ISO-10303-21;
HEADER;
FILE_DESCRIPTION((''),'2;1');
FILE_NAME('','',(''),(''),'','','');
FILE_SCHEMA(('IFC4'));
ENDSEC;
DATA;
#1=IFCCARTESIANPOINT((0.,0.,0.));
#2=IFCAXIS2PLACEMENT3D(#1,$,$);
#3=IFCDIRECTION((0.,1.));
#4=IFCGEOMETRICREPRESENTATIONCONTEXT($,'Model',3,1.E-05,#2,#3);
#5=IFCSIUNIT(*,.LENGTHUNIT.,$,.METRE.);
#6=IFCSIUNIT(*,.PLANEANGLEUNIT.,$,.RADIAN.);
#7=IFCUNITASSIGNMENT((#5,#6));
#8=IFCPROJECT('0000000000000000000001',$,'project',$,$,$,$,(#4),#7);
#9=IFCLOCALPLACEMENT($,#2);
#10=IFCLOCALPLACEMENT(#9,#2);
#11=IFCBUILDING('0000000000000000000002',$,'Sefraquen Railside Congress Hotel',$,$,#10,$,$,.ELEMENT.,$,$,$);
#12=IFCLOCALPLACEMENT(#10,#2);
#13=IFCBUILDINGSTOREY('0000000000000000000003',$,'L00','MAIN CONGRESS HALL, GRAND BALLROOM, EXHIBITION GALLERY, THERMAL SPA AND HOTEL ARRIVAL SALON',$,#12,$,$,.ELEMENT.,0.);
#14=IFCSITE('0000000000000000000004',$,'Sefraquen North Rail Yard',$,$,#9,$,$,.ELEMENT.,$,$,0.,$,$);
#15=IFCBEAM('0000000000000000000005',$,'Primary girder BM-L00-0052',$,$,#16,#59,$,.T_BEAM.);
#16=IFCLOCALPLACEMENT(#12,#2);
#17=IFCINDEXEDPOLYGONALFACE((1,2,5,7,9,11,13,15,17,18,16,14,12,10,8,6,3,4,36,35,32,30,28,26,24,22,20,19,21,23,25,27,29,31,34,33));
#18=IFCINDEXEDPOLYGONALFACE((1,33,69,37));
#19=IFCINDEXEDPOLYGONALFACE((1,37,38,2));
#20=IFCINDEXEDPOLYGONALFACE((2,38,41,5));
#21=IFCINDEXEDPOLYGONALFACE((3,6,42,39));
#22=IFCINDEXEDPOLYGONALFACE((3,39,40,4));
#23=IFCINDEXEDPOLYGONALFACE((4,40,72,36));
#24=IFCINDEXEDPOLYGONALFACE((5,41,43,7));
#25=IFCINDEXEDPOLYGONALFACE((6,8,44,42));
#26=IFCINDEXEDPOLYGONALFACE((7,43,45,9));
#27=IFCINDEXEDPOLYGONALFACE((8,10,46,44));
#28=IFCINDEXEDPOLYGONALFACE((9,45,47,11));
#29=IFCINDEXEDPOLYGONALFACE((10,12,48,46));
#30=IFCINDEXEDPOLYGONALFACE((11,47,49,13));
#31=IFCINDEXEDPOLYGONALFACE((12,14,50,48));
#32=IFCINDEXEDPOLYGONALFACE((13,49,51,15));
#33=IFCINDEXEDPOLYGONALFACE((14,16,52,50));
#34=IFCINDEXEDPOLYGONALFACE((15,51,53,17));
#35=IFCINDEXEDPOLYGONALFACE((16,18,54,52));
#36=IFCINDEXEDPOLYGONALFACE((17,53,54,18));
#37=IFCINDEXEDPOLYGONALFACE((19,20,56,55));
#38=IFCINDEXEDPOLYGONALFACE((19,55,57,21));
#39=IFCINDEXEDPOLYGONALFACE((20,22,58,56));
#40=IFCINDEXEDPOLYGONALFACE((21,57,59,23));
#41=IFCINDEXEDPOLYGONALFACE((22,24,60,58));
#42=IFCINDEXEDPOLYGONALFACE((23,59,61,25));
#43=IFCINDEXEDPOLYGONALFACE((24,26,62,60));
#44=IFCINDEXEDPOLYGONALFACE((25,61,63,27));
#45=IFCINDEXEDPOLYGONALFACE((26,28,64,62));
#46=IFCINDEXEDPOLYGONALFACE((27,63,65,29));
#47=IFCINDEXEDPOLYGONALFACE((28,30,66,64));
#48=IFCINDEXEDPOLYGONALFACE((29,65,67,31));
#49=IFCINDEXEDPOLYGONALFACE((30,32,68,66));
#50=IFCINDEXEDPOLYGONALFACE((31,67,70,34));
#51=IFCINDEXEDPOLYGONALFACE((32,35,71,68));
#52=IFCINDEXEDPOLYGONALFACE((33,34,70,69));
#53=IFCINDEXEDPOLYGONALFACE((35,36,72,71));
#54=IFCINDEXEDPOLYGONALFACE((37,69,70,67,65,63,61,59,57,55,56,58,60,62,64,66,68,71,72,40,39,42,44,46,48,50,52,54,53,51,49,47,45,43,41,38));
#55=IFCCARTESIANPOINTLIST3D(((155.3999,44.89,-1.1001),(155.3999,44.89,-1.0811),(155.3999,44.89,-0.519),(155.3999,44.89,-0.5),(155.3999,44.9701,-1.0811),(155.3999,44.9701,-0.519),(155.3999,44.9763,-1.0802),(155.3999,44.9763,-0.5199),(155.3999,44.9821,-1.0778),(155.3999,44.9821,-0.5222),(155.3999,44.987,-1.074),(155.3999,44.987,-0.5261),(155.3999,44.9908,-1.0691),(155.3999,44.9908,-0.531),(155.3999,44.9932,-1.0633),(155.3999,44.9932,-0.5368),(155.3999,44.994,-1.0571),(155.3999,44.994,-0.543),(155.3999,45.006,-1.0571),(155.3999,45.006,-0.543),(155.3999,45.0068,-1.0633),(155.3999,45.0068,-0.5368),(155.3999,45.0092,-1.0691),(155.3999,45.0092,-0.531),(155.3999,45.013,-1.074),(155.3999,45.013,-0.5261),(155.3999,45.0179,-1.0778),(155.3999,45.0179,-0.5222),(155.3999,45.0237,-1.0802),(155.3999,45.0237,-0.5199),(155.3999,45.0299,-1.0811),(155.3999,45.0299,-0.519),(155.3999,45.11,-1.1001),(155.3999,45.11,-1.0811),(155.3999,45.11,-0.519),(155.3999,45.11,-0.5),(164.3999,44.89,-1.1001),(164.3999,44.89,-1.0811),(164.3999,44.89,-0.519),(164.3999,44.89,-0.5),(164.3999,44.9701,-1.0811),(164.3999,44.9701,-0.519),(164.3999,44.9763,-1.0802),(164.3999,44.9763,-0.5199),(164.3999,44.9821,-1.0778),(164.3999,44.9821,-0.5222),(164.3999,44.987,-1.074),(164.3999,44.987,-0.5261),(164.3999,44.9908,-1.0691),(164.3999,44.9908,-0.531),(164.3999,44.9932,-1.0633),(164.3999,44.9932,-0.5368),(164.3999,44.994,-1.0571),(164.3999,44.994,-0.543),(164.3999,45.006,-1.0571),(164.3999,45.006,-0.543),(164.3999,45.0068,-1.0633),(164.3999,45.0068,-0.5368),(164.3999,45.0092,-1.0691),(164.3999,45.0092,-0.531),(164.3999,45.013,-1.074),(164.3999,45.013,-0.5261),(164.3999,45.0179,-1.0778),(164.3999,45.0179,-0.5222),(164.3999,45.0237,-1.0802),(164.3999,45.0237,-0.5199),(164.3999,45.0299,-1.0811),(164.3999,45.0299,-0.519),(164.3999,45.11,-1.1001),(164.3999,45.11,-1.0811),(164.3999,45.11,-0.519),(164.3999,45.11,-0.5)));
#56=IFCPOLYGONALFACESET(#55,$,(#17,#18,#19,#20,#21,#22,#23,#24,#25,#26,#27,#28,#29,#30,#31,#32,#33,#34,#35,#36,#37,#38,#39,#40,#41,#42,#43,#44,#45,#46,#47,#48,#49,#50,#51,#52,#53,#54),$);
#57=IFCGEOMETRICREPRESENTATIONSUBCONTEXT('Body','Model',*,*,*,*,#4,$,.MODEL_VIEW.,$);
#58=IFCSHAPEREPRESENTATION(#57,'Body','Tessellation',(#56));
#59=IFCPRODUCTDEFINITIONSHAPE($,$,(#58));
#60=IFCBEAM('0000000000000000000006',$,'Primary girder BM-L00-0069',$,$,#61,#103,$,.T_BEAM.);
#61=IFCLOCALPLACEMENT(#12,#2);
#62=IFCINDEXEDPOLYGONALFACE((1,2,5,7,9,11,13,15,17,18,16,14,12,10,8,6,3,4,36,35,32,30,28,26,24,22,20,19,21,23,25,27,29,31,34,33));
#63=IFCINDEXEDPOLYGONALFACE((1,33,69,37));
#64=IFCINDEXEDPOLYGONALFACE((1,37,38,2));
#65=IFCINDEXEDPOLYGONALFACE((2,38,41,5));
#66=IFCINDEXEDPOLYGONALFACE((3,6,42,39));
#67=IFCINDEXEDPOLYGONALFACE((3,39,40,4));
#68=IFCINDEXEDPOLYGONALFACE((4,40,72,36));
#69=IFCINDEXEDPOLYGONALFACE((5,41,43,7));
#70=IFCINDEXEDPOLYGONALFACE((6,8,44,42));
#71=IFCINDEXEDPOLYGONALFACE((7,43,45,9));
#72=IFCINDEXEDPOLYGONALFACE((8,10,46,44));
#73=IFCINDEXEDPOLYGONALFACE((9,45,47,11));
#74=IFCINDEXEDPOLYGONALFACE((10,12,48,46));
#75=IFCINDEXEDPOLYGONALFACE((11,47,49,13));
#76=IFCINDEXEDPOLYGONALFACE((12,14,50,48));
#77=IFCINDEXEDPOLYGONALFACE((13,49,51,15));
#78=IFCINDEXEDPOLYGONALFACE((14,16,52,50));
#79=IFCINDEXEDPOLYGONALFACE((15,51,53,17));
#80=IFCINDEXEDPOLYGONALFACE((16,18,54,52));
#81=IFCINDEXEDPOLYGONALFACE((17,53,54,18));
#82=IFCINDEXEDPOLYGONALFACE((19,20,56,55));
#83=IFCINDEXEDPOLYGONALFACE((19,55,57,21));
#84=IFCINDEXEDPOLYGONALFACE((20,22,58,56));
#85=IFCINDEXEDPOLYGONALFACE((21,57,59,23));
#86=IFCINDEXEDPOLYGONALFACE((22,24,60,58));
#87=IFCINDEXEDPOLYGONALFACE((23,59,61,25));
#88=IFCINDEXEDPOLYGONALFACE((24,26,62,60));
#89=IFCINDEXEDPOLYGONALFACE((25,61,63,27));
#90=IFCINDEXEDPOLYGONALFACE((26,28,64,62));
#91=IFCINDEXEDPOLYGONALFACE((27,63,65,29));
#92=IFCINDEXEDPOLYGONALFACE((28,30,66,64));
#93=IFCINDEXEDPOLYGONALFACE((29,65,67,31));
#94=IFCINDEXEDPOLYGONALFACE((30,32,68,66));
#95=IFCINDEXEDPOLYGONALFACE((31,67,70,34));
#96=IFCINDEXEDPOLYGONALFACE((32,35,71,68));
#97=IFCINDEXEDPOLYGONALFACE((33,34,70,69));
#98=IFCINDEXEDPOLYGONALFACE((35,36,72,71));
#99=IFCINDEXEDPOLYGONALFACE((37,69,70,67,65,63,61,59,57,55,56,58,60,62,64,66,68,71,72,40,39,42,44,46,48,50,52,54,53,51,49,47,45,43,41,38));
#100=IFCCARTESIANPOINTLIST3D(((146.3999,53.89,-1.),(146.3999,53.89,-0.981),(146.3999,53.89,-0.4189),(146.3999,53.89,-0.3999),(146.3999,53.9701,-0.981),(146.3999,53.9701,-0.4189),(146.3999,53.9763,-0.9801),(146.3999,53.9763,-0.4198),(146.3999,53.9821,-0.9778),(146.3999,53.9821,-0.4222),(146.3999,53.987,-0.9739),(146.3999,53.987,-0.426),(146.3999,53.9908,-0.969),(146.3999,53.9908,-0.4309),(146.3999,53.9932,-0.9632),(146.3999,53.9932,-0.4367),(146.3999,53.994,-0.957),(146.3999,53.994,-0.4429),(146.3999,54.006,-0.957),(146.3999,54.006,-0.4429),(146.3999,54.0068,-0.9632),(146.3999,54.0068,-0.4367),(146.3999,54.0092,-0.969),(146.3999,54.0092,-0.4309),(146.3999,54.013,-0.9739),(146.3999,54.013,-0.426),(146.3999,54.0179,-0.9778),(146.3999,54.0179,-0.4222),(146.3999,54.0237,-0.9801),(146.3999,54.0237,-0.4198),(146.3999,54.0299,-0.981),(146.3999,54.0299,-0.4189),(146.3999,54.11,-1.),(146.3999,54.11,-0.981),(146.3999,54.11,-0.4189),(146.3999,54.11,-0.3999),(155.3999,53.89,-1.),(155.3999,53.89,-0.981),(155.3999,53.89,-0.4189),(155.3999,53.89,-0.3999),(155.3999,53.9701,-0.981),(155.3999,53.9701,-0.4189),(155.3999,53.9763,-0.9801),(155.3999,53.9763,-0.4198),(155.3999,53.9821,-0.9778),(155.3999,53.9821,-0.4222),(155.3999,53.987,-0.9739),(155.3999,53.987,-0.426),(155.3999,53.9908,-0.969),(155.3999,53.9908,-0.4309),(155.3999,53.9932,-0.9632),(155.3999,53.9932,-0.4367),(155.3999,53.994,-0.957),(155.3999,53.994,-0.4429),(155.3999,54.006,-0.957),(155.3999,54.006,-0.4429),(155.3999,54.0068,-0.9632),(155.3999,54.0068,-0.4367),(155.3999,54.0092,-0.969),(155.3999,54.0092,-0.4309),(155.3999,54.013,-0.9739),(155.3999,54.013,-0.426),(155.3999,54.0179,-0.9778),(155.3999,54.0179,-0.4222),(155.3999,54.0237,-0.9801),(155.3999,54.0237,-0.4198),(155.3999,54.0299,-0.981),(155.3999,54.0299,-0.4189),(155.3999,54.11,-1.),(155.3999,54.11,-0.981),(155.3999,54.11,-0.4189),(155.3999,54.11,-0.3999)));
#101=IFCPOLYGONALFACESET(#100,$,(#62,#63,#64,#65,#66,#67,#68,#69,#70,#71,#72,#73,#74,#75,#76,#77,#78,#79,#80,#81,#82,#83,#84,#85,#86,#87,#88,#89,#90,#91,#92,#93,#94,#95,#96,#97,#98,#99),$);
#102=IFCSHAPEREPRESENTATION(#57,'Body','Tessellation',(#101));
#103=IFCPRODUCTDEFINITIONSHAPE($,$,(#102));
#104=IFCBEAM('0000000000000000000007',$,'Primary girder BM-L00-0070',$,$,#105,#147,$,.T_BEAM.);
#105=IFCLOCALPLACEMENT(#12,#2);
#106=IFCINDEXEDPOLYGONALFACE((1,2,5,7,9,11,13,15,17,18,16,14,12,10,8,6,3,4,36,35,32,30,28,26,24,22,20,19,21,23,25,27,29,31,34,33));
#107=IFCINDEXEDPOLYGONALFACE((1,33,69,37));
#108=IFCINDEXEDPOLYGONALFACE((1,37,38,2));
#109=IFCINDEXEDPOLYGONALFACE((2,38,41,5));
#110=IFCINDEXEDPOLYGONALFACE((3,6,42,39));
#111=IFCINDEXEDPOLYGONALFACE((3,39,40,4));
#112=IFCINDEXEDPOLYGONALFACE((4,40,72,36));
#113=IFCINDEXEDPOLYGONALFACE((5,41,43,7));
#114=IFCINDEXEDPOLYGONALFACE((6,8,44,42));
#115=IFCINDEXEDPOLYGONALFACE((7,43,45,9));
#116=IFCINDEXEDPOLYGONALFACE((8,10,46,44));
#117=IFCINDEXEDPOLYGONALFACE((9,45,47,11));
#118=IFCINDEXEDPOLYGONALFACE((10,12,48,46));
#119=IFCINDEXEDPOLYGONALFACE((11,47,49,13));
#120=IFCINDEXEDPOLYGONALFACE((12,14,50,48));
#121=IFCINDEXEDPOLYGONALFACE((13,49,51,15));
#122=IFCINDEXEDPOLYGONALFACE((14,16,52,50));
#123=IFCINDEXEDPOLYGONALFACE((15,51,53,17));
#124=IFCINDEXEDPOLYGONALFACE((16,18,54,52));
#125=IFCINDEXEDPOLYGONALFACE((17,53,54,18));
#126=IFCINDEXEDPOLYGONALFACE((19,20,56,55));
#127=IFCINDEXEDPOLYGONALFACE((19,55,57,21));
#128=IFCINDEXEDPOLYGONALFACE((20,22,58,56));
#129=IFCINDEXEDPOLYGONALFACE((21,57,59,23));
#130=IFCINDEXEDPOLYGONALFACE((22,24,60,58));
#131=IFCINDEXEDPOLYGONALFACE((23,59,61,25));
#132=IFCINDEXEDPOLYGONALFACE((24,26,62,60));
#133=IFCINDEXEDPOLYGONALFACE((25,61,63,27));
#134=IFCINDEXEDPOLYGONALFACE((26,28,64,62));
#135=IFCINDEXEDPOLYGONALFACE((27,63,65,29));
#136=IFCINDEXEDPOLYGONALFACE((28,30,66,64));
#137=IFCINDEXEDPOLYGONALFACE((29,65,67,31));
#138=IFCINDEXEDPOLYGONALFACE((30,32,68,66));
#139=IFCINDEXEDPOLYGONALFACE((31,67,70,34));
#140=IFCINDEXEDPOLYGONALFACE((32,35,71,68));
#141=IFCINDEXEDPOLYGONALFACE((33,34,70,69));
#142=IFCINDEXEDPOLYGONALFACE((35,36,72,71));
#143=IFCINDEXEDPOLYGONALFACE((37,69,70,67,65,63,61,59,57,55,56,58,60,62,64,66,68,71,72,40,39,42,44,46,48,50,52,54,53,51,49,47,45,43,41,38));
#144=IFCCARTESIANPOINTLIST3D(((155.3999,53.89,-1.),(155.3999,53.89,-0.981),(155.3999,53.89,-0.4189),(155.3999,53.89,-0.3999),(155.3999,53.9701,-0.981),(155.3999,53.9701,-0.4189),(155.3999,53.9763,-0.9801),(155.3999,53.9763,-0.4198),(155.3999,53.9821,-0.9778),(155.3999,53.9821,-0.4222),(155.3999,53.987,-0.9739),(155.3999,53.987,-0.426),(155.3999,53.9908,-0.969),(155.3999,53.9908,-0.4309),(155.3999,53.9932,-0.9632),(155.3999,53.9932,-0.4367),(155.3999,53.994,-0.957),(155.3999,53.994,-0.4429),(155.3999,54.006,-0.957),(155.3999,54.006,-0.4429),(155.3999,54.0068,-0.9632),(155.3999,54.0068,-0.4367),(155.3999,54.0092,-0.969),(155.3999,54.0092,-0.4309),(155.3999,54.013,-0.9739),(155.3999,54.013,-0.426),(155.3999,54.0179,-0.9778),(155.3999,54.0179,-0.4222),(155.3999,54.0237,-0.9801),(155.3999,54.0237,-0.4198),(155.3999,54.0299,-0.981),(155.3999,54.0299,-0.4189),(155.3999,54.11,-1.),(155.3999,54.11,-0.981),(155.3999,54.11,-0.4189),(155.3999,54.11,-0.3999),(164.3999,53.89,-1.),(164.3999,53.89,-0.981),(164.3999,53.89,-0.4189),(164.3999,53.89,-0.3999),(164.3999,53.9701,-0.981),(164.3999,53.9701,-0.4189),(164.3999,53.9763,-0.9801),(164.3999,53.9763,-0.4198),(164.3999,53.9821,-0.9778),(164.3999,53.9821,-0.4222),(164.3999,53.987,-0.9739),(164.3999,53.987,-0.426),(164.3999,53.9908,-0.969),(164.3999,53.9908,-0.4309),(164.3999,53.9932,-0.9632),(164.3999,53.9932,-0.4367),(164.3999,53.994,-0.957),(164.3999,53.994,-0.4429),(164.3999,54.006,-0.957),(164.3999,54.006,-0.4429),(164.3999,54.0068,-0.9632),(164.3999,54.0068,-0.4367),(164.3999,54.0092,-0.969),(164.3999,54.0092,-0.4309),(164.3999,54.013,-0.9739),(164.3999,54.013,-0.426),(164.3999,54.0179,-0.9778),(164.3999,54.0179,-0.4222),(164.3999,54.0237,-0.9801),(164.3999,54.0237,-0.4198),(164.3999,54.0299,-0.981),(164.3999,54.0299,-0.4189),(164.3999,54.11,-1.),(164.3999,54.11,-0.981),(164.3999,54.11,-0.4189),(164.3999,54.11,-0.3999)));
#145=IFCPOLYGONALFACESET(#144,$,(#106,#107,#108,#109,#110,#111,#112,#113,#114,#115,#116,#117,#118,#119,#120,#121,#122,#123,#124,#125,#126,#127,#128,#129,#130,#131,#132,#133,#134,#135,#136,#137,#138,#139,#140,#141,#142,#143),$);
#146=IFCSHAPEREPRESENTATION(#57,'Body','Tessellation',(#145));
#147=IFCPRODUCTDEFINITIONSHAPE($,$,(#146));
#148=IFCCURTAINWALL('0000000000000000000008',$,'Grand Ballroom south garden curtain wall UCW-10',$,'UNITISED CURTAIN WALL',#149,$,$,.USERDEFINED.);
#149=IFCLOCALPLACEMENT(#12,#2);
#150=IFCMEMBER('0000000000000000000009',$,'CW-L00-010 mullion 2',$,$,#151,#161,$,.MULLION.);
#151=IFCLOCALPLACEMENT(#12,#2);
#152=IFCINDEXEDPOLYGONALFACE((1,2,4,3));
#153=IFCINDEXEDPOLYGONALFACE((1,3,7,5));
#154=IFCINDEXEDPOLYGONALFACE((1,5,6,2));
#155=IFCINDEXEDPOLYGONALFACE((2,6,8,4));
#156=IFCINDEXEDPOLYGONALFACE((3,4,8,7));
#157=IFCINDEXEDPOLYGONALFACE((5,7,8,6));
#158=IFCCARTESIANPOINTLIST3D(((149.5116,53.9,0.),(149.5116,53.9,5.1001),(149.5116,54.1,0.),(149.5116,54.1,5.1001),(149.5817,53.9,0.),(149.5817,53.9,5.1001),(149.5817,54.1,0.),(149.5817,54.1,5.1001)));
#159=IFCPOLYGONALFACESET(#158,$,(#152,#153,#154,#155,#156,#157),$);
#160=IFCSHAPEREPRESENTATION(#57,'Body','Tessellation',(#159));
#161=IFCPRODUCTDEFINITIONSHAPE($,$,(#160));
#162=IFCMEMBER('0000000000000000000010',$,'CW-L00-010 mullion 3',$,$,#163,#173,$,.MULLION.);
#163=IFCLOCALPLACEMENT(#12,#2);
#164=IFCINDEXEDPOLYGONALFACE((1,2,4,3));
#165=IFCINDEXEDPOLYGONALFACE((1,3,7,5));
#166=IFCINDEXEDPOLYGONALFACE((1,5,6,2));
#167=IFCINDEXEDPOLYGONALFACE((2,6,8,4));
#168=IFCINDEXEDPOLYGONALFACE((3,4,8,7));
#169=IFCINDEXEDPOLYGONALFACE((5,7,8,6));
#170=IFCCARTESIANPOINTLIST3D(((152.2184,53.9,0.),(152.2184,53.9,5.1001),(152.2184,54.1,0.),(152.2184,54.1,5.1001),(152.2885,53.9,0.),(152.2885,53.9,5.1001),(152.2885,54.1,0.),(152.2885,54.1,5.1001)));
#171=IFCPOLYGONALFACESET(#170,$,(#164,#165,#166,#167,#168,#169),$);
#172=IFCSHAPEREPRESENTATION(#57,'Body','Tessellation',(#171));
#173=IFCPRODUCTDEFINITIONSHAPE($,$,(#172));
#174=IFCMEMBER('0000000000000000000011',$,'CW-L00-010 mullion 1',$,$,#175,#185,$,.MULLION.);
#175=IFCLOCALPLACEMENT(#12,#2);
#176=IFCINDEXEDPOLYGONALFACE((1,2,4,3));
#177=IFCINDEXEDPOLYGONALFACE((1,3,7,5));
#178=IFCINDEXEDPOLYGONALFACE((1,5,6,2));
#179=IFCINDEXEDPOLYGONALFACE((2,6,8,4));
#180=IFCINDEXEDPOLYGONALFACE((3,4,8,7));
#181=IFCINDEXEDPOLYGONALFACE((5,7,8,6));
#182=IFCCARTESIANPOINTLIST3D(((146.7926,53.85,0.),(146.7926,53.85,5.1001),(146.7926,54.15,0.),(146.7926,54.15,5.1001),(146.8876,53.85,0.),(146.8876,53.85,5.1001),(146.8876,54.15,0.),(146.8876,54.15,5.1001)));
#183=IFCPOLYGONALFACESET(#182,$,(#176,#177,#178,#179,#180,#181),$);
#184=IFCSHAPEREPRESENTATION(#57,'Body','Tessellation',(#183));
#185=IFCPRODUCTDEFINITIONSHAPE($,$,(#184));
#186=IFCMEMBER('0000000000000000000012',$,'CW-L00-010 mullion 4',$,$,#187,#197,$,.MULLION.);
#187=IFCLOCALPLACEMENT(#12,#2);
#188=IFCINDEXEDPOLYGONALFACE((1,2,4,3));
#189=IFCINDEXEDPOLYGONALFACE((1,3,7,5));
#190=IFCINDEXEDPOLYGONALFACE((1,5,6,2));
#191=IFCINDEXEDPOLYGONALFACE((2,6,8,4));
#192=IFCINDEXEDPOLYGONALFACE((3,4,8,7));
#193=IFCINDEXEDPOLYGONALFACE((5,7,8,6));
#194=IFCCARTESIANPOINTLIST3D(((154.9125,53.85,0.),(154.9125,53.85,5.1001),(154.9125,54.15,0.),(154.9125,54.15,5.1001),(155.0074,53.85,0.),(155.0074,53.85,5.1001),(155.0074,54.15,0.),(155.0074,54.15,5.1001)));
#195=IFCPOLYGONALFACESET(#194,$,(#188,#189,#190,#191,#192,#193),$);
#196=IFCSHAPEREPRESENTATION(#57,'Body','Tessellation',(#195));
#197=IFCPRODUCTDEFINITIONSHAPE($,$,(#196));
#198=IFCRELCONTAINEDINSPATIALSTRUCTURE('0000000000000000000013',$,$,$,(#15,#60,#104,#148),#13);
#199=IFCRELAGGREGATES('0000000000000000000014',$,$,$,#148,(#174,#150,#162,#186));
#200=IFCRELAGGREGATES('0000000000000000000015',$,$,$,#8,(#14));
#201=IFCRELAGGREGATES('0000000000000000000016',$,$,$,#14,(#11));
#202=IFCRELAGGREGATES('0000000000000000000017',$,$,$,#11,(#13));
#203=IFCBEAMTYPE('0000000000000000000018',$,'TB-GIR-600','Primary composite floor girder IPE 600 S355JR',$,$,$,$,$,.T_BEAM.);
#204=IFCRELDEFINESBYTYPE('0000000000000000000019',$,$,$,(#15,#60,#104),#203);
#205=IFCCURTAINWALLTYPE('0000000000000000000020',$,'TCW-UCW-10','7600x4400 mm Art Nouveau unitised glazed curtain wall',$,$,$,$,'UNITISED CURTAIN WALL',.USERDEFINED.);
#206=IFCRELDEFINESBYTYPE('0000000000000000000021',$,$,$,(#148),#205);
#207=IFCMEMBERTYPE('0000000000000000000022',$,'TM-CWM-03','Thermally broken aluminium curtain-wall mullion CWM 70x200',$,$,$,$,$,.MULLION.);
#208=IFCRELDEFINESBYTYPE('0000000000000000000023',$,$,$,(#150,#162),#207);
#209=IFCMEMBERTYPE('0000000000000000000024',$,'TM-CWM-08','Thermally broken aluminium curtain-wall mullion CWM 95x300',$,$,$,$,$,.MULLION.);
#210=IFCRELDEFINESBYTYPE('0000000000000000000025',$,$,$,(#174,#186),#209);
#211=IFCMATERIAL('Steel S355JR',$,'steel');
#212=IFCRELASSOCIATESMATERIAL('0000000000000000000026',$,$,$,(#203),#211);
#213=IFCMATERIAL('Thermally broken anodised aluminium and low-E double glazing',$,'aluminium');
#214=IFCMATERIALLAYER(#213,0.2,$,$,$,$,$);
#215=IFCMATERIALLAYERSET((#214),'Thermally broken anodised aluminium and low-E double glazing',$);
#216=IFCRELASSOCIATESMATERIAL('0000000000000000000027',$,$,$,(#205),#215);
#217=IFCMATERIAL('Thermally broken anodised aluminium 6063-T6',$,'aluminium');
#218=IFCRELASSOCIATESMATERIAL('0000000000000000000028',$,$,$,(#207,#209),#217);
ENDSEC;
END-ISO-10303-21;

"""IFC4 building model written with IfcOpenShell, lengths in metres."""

from ifc_helpers import new_model, si_unit, direction, frame, origin, origin_2d, place, context, subcontext, project, spatial, rectangle, i_section, extrude, material, layer, layer_set, material_profile, profile_set, type_object, element, aggregate, save


model = new_model("IFC4")

# Units and contexts
model_context = context("Model", 3, precision=1e-05, world=origin(), true_north=direction((0.0, 1.0)))
body_context = subcontext(model_context, "Body", "Model", "MODEL_VIEW")
ifc_project = project(units=[si_unit("LENGTHUNIT", "METRE"), si_unit("PLANEANGLEUNIT", "RADIAN")], contexts=[model_context])

# Site, building, storey
site_placement = place(None, origin())
site = spatial("IfcSite", under=ifc_project, at=site_placement, Name="Sefraquen North Rail Yard", CompositionType="ELEMENT", RefElevation=0.0)
building_placement = place(site_placement, origin())
building = spatial("IfcBuilding", under=site, at=building_placement, Name="Sefraquen Railside Congress Hotel", CompositionType="ELEMENT")
storey_placement = place(building_placement, origin())
storey = spatial("IfcBuildingStorey", under=building, at=storey_placement, Name="L00", Description="MAIN CONGRESS HALL, GRAND BALLROOM, EXHIBITION GALLERY, THERMAL SPA AND HOTEL ARRIVAL SALON", CompositionType="ELEMENT", Elevation=0.0)

# Shared definitions
ifc_material_1 = material(Name="Steel S355JR", Category="steel")

# Beams
ifc_material_profile_1 = material_profile(ifc_material_1, i_section(OverallWidth=0.22, OverallDepth=0.6001, WebThickness=0.012, FlangeThickness=0.019, FilletRadius=0.0239, at=origin_2d()), Name="IPE 600")
ifc_profile_set_1 = profile_set([ifc_material_profile_1], Name="Steel S355JR")
beam_type_1 = type_object("IfcBeamType", Name="TB-GIR-600", Description="Primary composite floor girder IPE 600 S355JR", PredefinedType="T_BEAM", material=ifc_profile_set_1)
for number, where, z_axis, x_axis, name in (
    (1, (155.3999, 45.0, -0.8), (1.0, 0.0, 0.0), (0.0, 1.0, 0.0), "Primary girder BM-L00-0052"),
    (2, (146.3999, 54.0, -0.7), (1.0, 0.0, 0.0), (0.0, 1.0, 0.0), "Primary girder BM-L00-0069"),
    (3, (155.3999, 54.0, -0.7), (1.0, 0.0, 0.0), (0.0, 1.0, 0.0), "Primary girder BM-L00-0070"),
):
    element("IfcBeam", number, at=place(storey_placement, frame(where, z_axis=z_axis, x_axis=x_axis)), inside=storey, type_object=beam_type_1, Name=name, PredefinedType="T_BEAM", context=body_context, shape_type="SweptSolid", body=[
        extrude(i_section(OverallWidth=0.22, OverallDepth=0.6001, WebThickness=0.012, FlangeThickness=0.019, FilletRadius=0.0239, at=origin_2d()), origin(), (0.0, 0.0, 1.0), 9.0),
    ])

# Curtain wall, members
ifc_material_2 = material(Name="Thermally broken anodised aluminium and low-E double glazing", Category="aluminium")
ifc_layer_1 = layer(ifc_material_2, 0.2)
ifc_layer_set_1 = layer_set([ifc_layer_1], Name="Thermally broken anodised aluminium and low-E double glazing")
curtain_wall_type_1 = type_object("IfcCurtainWallType", Name="TCW-UCW-10", Description="7600x4400 mm Art Nouveau unitised glazed curtain wall", ElementType="UNITISED CURTAIN WALL", PredefinedType="USERDEFINED", material=ifc_layer_set_1)
curtain_wall_1_placement = place(storey_placement, origin())
curtain_wall_1 = element("IfcCurtainWall", 4, at=curtain_wall_1_placement, inside=storey, type_object=curtain_wall_type_1, Name="Grand Ballroom south garden curtain wall UCW-10", ObjectType="UNITISED CURTAIN WALL", PredefinedType="USERDEFINED")
ifc_material_3 = material(Name="Thermally broken anodised aluminium 6063-T6", Category="aluminium")
ifc_material_profile_2 = material_profile(ifc_material_3, rectangle(XDim=0.0701, YDim=0.2, at=origin_2d()), Name="CWM 70x200")
ifc_profile_set_2 = profile_set([ifc_material_profile_2], Name="Thermally broken anodised aluminium 6063-T6")
member_type_1 = type_object("IfcMemberType", Name="TM-CWM-03", Description="Thermally broken aluminium curtain-wall mullion CWM 70x200", PredefinedType="MULLION", material=ifc_profile_set_2)
member_1_placement = place(storey_placement, frame((149.5466, 54.0, 0.0), z_axis=(0.0, 0.0, 1.0), x_axis=(1.0, 0.0, 0.0)))
member_1 = element("IfcMember", 5, at=member_1_placement, type_object=member_type_1, Name="CW-L00-010 mullion 2", PredefinedType="MULLION", context=body_context, shape_type="SweptSolid", body=[
    extrude(rectangle(XDim=0.0701, YDim=0.2, at=origin_2d()), origin(), (0.0, 0.0, 1.0), 5.1001),
])
member_2_placement = place(storey_placement, frame((152.2534, 54.0, 0.0), z_axis=(0.0, 0.0, 1.0), x_axis=(1.0, 0.0, 0.0)))
member_2 = element("IfcMember", 6, at=member_2_placement, type_object=member_type_1, Name="CW-L00-010 mullion 3", PredefinedType="MULLION", context=body_context, shape_type="SweptSolid", body=[
    extrude(rectangle(XDim=0.0701, YDim=0.2, at=origin_2d()), origin(), (0.0, 0.0, 1.0), 5.1001),
])
ifc_material_profile_3 = material_profile(ifc_material_3, rectangle(XDim=0.095, YDim=0.3, at=origin_2d()), Name="CWM 95x300")
ifc_profile_set_3 = profile_set([ifc_material_profile_3], Name="Thermally broken anodised aluminium 6063-T6")
member_type_2 = type_object("IfcMemberType", Name="TM-CWM-08", Description="Thermally broken aluminium curtain-wall mullion CWM 95x300", PredefinedType="MULLION", material=ifc_profile_set_3)
member_3_placement = place(storey_placement, frame((146.8401, 54.0, 0.0), z_axis=(0.0, 0.0, 1.0), x_axis=(1.0, 0.0, 0.0)))
member_3 = element("IfcMember", 7, at=member_3_placement, type_object=member_type_2, Name="CW-L00-010 mullion 1", PredefinedType="MULLION", context=body_context, shape_type="SweptSolid", body=[
    extrude(rectangle(XDim=0.095, YDim=0.3, at=origin_2d()), origin(), (0.0, 0.0, 1.0), 5.1001),
])
member_4_placement = place(storey_placement, frame((154.96, 54.0, 0.0), z_axis=(0.0, 0.0, 1.0), x_axis=(1.0, 0.0, 0.0)))
member_4 = element("IfcMember", 8, at=member_4_placement, type_object=member_type_2, Name="CW-L00-010 mullion 4", PredefinedType="MULLION", context=body_context, shape_type="SweptSolid", body=[
    extrude(rectangle(XDim=0.095, YDim=0.3, at=origin_2d()), origin(), (0.0, 0.0, 1.0), 5.1001),
])

aggregate(curtain_wall_1, [member_3, member_1, member_2, member_4])

save(model, "model.ifc")
